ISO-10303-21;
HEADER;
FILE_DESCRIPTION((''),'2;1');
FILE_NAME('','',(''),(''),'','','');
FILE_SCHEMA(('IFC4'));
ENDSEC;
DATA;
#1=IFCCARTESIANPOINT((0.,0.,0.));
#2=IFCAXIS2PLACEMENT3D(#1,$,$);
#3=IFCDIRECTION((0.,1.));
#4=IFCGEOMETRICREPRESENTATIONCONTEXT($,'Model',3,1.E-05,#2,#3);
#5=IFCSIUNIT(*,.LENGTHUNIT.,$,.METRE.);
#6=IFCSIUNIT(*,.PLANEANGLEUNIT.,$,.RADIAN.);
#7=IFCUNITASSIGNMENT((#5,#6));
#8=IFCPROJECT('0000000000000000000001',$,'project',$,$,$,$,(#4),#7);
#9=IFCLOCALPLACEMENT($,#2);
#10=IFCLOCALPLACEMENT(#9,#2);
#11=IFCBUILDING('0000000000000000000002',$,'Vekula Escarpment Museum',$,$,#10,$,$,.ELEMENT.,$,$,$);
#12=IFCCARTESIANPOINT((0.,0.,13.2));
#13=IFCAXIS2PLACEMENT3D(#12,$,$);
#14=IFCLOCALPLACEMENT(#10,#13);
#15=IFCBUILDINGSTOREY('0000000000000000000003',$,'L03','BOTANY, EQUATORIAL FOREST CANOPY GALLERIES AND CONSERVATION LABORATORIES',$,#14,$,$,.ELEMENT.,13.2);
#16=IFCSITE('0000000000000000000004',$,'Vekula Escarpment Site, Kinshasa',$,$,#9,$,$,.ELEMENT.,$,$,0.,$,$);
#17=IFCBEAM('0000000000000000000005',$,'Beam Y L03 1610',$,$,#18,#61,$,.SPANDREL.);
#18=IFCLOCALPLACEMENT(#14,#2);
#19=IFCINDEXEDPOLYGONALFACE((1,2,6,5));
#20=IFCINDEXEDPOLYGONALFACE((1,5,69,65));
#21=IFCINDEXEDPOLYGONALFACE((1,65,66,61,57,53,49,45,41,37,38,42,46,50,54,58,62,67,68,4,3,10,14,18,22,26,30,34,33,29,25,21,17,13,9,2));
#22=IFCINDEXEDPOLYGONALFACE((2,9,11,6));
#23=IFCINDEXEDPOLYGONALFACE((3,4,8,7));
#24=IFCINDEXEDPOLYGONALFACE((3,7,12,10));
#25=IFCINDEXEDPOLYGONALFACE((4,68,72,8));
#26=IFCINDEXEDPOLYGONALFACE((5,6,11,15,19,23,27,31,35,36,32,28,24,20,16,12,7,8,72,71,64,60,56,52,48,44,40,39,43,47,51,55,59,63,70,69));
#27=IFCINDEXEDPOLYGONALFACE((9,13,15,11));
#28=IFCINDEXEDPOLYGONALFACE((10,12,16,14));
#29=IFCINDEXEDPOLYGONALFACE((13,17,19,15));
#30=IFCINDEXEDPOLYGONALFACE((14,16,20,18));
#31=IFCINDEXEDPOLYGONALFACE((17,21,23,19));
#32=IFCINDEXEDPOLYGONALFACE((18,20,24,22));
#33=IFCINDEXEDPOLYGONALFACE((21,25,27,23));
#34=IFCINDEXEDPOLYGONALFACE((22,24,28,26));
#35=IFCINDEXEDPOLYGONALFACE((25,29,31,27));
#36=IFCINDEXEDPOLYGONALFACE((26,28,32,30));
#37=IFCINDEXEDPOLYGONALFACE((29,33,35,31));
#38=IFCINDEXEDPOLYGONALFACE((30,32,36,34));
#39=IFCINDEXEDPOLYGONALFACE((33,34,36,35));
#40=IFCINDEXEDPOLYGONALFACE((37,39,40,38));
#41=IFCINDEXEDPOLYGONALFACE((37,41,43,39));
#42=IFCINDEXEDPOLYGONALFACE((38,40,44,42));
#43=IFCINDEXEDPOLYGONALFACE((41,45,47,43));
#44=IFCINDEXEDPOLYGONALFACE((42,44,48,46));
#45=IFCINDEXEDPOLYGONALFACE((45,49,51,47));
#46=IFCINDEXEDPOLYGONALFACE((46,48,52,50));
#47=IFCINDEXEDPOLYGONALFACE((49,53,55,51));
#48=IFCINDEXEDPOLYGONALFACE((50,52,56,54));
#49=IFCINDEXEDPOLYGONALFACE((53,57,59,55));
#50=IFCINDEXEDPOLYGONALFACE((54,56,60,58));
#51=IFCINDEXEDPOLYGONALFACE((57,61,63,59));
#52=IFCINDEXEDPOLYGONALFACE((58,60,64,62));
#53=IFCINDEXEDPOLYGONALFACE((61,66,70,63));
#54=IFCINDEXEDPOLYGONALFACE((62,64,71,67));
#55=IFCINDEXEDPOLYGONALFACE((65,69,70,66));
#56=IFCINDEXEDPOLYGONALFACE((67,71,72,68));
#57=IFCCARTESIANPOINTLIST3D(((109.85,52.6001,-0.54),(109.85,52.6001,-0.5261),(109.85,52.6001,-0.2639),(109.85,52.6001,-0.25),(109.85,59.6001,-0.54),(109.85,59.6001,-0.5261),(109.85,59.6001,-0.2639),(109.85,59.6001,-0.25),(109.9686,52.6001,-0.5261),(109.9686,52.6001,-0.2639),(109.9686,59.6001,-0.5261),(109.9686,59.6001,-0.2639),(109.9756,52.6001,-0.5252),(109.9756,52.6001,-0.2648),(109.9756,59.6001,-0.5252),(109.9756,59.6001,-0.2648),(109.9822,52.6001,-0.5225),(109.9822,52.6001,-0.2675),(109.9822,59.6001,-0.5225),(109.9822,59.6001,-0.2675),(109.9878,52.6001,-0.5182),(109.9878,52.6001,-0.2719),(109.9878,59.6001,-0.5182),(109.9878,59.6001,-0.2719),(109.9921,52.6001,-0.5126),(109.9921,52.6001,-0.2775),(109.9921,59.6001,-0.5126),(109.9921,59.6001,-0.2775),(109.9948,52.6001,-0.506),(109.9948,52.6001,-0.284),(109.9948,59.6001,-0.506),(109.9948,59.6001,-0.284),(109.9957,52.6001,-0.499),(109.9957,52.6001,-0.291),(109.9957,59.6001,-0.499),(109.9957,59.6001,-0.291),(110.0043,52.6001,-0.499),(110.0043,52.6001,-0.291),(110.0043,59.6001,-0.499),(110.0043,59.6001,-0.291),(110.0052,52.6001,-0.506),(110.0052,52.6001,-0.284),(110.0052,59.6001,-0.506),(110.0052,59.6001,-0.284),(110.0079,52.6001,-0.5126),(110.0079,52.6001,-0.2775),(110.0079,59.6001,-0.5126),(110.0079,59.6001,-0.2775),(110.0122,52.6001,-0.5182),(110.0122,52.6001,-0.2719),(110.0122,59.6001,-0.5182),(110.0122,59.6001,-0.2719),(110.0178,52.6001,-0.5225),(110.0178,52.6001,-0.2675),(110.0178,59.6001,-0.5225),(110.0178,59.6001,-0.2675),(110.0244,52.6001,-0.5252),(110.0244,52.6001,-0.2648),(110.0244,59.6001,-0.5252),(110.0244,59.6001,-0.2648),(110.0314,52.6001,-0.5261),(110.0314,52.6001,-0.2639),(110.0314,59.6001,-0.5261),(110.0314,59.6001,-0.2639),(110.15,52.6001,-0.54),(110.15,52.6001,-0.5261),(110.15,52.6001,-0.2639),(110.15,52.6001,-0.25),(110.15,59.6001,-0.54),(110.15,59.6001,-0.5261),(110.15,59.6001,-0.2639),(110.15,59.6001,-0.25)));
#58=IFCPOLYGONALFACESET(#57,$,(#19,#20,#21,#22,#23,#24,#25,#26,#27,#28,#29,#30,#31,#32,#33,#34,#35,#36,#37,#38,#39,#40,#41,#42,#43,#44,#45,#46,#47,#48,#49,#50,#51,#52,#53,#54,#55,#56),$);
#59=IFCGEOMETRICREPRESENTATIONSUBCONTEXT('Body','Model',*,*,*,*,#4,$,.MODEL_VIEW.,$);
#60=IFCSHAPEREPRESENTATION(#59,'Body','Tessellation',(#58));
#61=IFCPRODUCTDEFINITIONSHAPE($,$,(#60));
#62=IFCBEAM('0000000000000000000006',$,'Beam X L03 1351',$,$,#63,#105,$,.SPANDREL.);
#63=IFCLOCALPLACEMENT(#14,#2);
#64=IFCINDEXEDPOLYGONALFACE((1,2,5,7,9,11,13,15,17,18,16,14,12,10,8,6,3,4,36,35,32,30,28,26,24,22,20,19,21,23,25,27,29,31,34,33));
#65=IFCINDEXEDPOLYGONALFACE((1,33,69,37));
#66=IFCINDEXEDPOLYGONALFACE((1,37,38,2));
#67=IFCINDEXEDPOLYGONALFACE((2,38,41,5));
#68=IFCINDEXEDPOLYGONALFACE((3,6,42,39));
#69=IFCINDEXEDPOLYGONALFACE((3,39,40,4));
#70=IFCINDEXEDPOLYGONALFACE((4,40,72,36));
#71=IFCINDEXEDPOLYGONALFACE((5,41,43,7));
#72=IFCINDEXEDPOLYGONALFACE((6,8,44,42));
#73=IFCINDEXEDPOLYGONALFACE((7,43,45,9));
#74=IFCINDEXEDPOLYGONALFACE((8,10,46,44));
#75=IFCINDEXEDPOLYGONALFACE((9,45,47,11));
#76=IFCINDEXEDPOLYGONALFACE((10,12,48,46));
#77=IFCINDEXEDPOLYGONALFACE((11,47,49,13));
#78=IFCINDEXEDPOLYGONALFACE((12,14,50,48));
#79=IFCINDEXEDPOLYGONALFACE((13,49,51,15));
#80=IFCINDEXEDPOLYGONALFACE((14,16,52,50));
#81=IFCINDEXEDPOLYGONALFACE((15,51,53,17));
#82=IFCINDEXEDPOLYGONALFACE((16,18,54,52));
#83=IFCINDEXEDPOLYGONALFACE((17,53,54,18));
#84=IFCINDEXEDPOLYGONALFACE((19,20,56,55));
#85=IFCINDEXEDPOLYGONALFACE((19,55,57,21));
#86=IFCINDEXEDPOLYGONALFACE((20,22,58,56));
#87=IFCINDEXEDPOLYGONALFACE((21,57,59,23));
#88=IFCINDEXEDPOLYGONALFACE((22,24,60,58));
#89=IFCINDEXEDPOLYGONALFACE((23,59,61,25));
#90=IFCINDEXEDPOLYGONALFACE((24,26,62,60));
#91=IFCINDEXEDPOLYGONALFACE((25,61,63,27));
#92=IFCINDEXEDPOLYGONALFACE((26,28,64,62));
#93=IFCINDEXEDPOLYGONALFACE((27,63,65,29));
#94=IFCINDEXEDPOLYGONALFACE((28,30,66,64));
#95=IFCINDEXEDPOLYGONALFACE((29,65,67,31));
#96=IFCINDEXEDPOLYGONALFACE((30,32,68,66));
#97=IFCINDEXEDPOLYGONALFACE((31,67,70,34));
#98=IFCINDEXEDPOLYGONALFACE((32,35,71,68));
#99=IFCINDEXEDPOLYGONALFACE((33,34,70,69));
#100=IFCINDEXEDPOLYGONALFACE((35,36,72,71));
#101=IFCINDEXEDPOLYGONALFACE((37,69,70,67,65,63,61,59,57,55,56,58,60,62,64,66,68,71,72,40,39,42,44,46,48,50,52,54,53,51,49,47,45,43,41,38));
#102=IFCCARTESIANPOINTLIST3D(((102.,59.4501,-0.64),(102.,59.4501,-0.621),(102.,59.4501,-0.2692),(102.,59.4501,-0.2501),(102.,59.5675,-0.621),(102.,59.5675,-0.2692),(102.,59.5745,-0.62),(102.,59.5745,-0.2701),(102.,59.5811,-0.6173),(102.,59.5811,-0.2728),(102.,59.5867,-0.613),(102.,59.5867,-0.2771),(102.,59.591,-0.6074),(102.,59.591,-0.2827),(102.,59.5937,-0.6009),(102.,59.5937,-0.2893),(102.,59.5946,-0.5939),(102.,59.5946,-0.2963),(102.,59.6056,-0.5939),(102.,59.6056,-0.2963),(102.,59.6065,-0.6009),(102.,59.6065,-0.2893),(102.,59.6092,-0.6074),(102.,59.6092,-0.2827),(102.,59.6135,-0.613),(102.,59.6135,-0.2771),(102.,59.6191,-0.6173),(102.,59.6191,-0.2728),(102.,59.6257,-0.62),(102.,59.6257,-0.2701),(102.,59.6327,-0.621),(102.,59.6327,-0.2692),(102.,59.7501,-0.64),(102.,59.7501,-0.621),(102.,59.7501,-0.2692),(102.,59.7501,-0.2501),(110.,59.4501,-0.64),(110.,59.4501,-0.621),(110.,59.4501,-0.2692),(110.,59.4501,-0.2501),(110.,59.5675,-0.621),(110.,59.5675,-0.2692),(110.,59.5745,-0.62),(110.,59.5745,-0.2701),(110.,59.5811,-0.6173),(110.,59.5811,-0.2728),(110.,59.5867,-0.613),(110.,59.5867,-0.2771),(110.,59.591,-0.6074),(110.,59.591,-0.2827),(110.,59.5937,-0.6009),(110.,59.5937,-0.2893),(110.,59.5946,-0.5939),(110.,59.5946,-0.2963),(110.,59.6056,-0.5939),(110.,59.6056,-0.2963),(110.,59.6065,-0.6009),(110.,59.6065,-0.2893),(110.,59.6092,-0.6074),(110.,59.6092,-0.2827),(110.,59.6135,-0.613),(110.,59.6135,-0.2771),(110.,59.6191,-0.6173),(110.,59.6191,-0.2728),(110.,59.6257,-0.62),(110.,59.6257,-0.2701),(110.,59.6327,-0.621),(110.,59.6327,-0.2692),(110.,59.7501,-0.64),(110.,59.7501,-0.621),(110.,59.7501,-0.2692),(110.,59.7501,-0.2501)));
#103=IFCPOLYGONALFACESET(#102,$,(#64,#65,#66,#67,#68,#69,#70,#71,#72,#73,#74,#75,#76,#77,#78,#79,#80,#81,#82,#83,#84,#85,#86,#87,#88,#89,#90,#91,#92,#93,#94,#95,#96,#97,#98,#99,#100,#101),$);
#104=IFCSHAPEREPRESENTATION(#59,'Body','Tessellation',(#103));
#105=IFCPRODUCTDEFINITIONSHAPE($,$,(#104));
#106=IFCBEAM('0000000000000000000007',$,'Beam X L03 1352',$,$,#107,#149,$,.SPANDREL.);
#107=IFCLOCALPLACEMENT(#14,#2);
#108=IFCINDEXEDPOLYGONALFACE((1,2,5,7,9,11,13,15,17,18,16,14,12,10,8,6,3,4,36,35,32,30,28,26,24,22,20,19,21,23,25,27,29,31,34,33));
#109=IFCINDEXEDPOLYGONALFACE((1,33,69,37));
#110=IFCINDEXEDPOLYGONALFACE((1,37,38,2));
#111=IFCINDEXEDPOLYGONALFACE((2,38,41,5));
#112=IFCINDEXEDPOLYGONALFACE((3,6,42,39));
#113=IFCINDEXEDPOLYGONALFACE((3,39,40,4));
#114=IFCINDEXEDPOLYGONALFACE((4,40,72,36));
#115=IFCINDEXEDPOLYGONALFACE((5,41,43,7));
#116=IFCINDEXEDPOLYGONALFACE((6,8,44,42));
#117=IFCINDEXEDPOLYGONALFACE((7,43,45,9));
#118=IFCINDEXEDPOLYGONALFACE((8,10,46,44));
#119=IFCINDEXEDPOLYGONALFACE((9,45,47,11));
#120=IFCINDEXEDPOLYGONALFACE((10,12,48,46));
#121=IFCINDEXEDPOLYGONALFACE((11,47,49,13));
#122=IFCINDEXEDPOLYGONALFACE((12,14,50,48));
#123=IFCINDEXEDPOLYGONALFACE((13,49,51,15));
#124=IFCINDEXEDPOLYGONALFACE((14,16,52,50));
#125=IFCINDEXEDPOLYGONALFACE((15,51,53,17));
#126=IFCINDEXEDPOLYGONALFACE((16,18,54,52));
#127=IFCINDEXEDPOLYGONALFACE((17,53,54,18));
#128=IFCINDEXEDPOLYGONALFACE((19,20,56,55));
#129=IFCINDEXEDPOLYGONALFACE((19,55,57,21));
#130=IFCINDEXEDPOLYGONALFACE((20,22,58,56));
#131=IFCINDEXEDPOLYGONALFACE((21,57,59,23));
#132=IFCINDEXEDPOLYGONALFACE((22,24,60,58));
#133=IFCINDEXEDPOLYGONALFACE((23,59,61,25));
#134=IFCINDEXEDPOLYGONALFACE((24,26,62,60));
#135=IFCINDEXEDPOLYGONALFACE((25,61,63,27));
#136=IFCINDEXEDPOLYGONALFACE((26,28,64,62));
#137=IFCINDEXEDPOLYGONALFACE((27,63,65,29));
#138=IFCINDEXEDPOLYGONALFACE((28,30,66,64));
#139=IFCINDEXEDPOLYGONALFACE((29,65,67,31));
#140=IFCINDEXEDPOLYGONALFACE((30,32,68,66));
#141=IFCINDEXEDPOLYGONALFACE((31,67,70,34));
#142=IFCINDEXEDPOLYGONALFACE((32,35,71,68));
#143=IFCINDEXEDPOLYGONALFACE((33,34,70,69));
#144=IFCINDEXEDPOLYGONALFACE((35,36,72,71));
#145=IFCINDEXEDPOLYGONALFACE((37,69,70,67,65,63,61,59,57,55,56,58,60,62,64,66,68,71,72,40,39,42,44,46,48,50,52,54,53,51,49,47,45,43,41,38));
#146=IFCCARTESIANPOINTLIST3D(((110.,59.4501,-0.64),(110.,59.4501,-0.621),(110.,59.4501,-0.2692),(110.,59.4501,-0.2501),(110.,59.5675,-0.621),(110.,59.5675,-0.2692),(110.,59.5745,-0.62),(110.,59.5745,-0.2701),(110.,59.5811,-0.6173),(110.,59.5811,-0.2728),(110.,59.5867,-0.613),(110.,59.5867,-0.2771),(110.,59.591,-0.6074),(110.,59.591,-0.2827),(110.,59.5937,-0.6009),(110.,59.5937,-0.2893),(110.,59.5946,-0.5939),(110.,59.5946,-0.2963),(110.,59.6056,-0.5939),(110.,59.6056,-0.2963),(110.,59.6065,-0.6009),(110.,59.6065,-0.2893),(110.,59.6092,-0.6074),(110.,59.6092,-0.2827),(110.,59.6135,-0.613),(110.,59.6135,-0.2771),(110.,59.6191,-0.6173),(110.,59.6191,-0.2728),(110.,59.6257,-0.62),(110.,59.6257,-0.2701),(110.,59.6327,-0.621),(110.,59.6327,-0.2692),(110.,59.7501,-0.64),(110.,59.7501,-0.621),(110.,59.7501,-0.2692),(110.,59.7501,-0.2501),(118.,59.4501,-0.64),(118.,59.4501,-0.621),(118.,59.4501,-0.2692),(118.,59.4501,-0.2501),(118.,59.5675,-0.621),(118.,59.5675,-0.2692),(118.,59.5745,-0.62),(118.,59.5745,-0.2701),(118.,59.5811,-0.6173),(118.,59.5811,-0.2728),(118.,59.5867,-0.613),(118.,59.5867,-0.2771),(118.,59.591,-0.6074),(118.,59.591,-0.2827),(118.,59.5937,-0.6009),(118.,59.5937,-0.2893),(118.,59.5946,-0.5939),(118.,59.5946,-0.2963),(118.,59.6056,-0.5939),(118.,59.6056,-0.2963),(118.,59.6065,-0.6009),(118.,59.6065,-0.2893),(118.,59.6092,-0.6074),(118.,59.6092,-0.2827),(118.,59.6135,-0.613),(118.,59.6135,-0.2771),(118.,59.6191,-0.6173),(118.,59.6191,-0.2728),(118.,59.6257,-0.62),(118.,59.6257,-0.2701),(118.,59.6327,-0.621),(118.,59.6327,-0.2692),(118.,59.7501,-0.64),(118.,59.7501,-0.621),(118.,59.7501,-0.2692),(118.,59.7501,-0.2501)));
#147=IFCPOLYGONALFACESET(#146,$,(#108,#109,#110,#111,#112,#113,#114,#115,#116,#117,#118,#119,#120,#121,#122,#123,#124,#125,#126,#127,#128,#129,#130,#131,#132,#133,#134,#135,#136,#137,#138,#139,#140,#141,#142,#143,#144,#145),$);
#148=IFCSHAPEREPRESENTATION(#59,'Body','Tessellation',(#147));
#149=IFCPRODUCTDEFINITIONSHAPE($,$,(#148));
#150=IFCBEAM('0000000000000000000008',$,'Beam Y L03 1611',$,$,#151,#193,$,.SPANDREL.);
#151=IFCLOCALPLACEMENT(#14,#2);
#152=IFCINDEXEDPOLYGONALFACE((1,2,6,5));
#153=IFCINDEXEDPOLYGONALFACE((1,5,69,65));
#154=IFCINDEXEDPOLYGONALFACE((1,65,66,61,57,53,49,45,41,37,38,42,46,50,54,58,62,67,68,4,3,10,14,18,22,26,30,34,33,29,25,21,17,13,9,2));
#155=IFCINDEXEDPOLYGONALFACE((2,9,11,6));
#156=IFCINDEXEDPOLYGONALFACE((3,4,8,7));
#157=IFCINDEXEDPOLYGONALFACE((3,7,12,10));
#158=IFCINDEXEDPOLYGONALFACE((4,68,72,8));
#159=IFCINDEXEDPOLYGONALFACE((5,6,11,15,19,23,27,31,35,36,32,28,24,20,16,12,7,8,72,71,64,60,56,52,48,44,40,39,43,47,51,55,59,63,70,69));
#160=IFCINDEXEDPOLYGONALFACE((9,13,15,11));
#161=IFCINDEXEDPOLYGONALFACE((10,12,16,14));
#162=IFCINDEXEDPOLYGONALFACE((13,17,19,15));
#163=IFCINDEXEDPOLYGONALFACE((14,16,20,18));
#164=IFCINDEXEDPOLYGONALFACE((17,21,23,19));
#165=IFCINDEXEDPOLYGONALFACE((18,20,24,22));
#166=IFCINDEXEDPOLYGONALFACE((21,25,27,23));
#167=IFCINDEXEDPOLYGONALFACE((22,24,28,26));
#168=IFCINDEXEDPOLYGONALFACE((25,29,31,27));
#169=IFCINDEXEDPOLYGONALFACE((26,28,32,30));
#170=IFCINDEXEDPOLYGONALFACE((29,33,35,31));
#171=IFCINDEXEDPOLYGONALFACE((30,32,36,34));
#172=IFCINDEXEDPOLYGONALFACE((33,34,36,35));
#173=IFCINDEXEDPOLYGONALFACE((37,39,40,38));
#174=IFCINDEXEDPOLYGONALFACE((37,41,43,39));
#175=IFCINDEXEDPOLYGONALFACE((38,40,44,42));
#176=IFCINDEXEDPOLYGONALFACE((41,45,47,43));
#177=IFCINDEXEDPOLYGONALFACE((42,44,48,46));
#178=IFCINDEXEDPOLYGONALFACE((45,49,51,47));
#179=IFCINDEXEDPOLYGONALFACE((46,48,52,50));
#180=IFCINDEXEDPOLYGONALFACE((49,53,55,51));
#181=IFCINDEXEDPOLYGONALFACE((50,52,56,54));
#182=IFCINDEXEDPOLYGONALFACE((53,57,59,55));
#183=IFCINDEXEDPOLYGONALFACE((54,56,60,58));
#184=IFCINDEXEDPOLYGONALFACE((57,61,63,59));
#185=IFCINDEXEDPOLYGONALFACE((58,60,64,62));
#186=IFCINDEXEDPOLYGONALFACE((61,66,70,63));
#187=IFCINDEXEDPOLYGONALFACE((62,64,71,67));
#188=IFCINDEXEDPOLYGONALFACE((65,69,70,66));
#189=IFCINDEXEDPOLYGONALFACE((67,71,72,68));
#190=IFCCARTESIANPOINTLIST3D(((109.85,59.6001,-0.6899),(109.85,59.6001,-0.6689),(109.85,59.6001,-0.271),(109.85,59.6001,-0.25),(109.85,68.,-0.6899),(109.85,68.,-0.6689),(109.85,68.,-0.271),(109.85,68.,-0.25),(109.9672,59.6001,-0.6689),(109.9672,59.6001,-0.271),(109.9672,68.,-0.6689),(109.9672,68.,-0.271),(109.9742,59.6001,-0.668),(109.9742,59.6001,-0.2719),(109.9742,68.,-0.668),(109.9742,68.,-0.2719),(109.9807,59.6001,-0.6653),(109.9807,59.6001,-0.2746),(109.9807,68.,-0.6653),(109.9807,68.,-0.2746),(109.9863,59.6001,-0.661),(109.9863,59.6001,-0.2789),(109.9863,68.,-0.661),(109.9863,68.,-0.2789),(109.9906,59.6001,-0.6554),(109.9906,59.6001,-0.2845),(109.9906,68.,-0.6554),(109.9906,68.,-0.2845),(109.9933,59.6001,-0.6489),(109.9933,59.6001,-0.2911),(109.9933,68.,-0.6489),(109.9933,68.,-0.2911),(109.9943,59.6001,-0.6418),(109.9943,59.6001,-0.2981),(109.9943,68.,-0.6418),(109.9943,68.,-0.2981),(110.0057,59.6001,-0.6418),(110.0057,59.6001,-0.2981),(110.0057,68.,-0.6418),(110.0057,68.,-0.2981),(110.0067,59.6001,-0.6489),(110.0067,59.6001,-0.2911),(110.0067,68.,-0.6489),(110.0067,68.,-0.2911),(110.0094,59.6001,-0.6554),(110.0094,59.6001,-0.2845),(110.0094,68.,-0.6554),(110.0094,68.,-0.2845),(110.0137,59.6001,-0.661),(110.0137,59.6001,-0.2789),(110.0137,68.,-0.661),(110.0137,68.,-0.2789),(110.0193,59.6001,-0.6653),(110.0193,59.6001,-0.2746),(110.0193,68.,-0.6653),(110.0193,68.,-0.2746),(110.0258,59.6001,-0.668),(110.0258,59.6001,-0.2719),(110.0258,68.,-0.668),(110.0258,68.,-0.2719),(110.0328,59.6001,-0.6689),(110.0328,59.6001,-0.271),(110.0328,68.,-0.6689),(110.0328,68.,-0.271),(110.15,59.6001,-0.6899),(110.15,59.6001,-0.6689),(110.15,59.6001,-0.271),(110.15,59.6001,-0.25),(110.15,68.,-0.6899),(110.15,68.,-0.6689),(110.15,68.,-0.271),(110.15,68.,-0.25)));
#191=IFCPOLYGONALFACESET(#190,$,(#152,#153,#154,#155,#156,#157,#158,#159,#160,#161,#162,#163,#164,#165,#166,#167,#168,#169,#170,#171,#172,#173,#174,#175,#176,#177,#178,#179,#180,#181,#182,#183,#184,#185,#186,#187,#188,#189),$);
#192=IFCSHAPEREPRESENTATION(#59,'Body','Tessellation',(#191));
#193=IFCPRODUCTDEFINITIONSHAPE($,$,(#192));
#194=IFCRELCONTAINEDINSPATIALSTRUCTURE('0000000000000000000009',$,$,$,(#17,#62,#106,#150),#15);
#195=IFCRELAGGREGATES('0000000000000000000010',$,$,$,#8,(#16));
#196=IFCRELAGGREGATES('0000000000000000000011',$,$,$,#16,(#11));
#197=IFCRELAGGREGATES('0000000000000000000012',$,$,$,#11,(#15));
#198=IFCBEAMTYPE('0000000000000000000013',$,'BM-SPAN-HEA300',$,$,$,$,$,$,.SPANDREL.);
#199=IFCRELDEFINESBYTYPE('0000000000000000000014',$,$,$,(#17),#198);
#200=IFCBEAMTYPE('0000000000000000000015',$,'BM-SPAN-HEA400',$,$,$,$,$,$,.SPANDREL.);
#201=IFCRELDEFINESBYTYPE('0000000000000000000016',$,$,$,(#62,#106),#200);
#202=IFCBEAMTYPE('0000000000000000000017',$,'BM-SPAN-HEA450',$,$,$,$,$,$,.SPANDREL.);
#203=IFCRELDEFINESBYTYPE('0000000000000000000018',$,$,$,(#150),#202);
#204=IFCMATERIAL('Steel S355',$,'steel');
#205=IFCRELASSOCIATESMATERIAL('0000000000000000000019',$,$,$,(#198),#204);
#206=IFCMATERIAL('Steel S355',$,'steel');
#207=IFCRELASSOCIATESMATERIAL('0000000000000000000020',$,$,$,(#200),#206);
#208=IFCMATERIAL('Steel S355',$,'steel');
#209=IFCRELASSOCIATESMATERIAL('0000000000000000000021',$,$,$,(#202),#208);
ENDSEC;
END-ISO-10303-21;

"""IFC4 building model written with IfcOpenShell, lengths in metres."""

from ifc_helpers import new_model, si_unit, direction, frame, origin, origin_2d, place, context, subcontext, project, spatial, i_section, extrude, material, material_profile, profile_set, type_object, element, save


model = new_model("IFC4")

# Units and contexts
model_context = context("Model", 3, precision=1e-05, world=origin(), true_north=direction((0.0, 1.0)))
body_context = subcontext(model_context, "Body", "Model", "MODEL_VIEW")
ifc_project = project(units=[si_unit("LENGTHUNIT", "METRE"), si_unit("PLANEANGLEUNIT", "RADIAN")], contexts=[model_context])

# Site, building, storey
site_placement = place(None, origin())
site = spatial("IfcSite", under=ifc_project, at=site_placement, Name="Vekula Escarpment Site, Kinshasa", CompositionType="ELEMENT", RefElevation=0.0)
building_placement = place(site_placement, origin())
building = spatial("IfcBuilding", under=site, at=building_placement, Name="Vekula Escarpment Museum", CompositionType="ELEMENT")
storey_placement = place(building_placement, frame((0.0, 0.0, 13.2)))
storey = spatial("IfcBuildingStorey", under=building, at=storey_placement, Name="L03", Description="BOTANY, EQUATORIAL FOREST CANOPY GALLERIES AND CONSERVATION LABORATORIES", CompositionType="ELEMENT", Elevation=13.2)

# Beams
ifc_material_1 = material(Name="Steel S355", Category="steel")
ifc_material_profile_1 = material_profile(ifc_material_1, i_section(OverallWidth=0.3, OverallDepth=0.29, WebThickness=0.0085, FlangeThickness=0.0139, FilletRadius=0.0271, at=origin_2d()), Name="HEA 300")
ifc_profile_set_1 = profile_set([ifc_material_profile_1], Name="Steel S355")
beam_type_1 = type_object("IfcBeamType", Name="BM-SPAN-HEA300", PredefinedType="SPANDREL", material=ifc_profile_set_1)
beam_1_placement = place(storey_placement, frame((110.0, 52.6001, -0.395), z_axis=(0.0, 1.0, 0.0), x_axis=(-1.0, 0.0, 0.0)))
element("IfcBeam", 1, at=beam_1_placement, inside=storey, type_object=beam_type_1, Name="Beam Y L03 1610", PredefinedType="SPANDREL", context=body_context, shape_type="SweptSolid", body=[
    extrude(i_section(OverallWidth=0.3, OverallDepth=0.29, WebThickness=0.0085, FlangeThickness=0.0139, FilletRadius=0.0271, at=origin_2d()), origin(), (0.0, 0.0, 1.0), 7.0),
])
ifc_material_2 = material(Name="Steel S355", Category="steel")
ifc_material_profile_2 = material_profile(ifc_material_2, i_section(OverallWidth=0.3, OverallDepth=0.3899, WebThickness=0.011, FlangeThickness=0.019, FilletRadius=0.0271, at=origin_2d()), Name="HEA 400")
ifc_profile_set_2 = profile_set([ifc_material_profile_2], Name="Steel S355")
beam_type_2 = type_object("IfcBeamType", Name="BM-SPAN-HEA400", PredefinedType="SPANDREL", material=ifc_profile_set_2)
for number, where, z_axis, x_axis, name in (
    (2, (102.0, 59.6001, -0.4451), (1.0, 0.0, 0.0), (0.0, 1.0, 0.0), "Beam X L03 1351"),
    (3, (110.0, 59.6001, -0.4451), (1.0, 0.0, 0.0), (0.0, 1.0, 0.0), "Beam X L03 1352"),
):
    element("IfcBeam", number, at=place(storey_placement, frame(where, z_axis=z_axis, x_axis=x_axis)), inside=storey, type_object=beam_type_2, Name=name, PredefinedType="SPANDREL", context=body_context, shape_type="SweptSolid", body=[
        extrude(i_section(OverallWidth=0.3, OverallDepth=0.3899, WebThickness=0.011, FlangeThickness=0.019, FilletRadius=0.0271, at=origin_2d()), origin(), (0.0, 0.0, 1.0), 8.0),
    ])
ifc_material_3 = material(Name="Steel S355", Category="steel")
ifc_material_profile_3 = material_profile(ifc_material_3, i_section(OverallWidth=0.3, OverallDepth=0.4399, WebThickness=0.0115, FlangeThickness=0.021, FilletRadius=0.0271, at=origin_2d()), Name="HEA 450")
ifc_profile_set_3 = profile_set([ifc_material_profile_3], Name="Steel S355")
beam_type_3 = type_object("IfcBeamType", Name="BM-SPAN-HEA450", PredefinedType="SPANDREL", material=ifc_profile_set_3)
beam_2_placement = place(storey_placement, frame((110.0, 59.6001, -0.47), z_axis=(0.0, 1.0, 0.0), x_axis=(-1.0, 0.0, 0.0)))
element("IfcBeam", 4, at=beam_2_placement, inside=storey, type_object=beam_type_3, Name="Beam Y L03 1611", PredefinedType="SPANDREL", context=body_context, shape_type="SweptSolid", body=[
    extrude(i_section(OverallWidth=0.3, OverallDepth=0.4399, WebThickness=0.0115, FlangeThickness=0.021, FilletRadius=0.0271, at=origin_2d()), origin(), (0.0, 0.0, 1.0), 8.3999),
])

save(model, "model.ifc")
